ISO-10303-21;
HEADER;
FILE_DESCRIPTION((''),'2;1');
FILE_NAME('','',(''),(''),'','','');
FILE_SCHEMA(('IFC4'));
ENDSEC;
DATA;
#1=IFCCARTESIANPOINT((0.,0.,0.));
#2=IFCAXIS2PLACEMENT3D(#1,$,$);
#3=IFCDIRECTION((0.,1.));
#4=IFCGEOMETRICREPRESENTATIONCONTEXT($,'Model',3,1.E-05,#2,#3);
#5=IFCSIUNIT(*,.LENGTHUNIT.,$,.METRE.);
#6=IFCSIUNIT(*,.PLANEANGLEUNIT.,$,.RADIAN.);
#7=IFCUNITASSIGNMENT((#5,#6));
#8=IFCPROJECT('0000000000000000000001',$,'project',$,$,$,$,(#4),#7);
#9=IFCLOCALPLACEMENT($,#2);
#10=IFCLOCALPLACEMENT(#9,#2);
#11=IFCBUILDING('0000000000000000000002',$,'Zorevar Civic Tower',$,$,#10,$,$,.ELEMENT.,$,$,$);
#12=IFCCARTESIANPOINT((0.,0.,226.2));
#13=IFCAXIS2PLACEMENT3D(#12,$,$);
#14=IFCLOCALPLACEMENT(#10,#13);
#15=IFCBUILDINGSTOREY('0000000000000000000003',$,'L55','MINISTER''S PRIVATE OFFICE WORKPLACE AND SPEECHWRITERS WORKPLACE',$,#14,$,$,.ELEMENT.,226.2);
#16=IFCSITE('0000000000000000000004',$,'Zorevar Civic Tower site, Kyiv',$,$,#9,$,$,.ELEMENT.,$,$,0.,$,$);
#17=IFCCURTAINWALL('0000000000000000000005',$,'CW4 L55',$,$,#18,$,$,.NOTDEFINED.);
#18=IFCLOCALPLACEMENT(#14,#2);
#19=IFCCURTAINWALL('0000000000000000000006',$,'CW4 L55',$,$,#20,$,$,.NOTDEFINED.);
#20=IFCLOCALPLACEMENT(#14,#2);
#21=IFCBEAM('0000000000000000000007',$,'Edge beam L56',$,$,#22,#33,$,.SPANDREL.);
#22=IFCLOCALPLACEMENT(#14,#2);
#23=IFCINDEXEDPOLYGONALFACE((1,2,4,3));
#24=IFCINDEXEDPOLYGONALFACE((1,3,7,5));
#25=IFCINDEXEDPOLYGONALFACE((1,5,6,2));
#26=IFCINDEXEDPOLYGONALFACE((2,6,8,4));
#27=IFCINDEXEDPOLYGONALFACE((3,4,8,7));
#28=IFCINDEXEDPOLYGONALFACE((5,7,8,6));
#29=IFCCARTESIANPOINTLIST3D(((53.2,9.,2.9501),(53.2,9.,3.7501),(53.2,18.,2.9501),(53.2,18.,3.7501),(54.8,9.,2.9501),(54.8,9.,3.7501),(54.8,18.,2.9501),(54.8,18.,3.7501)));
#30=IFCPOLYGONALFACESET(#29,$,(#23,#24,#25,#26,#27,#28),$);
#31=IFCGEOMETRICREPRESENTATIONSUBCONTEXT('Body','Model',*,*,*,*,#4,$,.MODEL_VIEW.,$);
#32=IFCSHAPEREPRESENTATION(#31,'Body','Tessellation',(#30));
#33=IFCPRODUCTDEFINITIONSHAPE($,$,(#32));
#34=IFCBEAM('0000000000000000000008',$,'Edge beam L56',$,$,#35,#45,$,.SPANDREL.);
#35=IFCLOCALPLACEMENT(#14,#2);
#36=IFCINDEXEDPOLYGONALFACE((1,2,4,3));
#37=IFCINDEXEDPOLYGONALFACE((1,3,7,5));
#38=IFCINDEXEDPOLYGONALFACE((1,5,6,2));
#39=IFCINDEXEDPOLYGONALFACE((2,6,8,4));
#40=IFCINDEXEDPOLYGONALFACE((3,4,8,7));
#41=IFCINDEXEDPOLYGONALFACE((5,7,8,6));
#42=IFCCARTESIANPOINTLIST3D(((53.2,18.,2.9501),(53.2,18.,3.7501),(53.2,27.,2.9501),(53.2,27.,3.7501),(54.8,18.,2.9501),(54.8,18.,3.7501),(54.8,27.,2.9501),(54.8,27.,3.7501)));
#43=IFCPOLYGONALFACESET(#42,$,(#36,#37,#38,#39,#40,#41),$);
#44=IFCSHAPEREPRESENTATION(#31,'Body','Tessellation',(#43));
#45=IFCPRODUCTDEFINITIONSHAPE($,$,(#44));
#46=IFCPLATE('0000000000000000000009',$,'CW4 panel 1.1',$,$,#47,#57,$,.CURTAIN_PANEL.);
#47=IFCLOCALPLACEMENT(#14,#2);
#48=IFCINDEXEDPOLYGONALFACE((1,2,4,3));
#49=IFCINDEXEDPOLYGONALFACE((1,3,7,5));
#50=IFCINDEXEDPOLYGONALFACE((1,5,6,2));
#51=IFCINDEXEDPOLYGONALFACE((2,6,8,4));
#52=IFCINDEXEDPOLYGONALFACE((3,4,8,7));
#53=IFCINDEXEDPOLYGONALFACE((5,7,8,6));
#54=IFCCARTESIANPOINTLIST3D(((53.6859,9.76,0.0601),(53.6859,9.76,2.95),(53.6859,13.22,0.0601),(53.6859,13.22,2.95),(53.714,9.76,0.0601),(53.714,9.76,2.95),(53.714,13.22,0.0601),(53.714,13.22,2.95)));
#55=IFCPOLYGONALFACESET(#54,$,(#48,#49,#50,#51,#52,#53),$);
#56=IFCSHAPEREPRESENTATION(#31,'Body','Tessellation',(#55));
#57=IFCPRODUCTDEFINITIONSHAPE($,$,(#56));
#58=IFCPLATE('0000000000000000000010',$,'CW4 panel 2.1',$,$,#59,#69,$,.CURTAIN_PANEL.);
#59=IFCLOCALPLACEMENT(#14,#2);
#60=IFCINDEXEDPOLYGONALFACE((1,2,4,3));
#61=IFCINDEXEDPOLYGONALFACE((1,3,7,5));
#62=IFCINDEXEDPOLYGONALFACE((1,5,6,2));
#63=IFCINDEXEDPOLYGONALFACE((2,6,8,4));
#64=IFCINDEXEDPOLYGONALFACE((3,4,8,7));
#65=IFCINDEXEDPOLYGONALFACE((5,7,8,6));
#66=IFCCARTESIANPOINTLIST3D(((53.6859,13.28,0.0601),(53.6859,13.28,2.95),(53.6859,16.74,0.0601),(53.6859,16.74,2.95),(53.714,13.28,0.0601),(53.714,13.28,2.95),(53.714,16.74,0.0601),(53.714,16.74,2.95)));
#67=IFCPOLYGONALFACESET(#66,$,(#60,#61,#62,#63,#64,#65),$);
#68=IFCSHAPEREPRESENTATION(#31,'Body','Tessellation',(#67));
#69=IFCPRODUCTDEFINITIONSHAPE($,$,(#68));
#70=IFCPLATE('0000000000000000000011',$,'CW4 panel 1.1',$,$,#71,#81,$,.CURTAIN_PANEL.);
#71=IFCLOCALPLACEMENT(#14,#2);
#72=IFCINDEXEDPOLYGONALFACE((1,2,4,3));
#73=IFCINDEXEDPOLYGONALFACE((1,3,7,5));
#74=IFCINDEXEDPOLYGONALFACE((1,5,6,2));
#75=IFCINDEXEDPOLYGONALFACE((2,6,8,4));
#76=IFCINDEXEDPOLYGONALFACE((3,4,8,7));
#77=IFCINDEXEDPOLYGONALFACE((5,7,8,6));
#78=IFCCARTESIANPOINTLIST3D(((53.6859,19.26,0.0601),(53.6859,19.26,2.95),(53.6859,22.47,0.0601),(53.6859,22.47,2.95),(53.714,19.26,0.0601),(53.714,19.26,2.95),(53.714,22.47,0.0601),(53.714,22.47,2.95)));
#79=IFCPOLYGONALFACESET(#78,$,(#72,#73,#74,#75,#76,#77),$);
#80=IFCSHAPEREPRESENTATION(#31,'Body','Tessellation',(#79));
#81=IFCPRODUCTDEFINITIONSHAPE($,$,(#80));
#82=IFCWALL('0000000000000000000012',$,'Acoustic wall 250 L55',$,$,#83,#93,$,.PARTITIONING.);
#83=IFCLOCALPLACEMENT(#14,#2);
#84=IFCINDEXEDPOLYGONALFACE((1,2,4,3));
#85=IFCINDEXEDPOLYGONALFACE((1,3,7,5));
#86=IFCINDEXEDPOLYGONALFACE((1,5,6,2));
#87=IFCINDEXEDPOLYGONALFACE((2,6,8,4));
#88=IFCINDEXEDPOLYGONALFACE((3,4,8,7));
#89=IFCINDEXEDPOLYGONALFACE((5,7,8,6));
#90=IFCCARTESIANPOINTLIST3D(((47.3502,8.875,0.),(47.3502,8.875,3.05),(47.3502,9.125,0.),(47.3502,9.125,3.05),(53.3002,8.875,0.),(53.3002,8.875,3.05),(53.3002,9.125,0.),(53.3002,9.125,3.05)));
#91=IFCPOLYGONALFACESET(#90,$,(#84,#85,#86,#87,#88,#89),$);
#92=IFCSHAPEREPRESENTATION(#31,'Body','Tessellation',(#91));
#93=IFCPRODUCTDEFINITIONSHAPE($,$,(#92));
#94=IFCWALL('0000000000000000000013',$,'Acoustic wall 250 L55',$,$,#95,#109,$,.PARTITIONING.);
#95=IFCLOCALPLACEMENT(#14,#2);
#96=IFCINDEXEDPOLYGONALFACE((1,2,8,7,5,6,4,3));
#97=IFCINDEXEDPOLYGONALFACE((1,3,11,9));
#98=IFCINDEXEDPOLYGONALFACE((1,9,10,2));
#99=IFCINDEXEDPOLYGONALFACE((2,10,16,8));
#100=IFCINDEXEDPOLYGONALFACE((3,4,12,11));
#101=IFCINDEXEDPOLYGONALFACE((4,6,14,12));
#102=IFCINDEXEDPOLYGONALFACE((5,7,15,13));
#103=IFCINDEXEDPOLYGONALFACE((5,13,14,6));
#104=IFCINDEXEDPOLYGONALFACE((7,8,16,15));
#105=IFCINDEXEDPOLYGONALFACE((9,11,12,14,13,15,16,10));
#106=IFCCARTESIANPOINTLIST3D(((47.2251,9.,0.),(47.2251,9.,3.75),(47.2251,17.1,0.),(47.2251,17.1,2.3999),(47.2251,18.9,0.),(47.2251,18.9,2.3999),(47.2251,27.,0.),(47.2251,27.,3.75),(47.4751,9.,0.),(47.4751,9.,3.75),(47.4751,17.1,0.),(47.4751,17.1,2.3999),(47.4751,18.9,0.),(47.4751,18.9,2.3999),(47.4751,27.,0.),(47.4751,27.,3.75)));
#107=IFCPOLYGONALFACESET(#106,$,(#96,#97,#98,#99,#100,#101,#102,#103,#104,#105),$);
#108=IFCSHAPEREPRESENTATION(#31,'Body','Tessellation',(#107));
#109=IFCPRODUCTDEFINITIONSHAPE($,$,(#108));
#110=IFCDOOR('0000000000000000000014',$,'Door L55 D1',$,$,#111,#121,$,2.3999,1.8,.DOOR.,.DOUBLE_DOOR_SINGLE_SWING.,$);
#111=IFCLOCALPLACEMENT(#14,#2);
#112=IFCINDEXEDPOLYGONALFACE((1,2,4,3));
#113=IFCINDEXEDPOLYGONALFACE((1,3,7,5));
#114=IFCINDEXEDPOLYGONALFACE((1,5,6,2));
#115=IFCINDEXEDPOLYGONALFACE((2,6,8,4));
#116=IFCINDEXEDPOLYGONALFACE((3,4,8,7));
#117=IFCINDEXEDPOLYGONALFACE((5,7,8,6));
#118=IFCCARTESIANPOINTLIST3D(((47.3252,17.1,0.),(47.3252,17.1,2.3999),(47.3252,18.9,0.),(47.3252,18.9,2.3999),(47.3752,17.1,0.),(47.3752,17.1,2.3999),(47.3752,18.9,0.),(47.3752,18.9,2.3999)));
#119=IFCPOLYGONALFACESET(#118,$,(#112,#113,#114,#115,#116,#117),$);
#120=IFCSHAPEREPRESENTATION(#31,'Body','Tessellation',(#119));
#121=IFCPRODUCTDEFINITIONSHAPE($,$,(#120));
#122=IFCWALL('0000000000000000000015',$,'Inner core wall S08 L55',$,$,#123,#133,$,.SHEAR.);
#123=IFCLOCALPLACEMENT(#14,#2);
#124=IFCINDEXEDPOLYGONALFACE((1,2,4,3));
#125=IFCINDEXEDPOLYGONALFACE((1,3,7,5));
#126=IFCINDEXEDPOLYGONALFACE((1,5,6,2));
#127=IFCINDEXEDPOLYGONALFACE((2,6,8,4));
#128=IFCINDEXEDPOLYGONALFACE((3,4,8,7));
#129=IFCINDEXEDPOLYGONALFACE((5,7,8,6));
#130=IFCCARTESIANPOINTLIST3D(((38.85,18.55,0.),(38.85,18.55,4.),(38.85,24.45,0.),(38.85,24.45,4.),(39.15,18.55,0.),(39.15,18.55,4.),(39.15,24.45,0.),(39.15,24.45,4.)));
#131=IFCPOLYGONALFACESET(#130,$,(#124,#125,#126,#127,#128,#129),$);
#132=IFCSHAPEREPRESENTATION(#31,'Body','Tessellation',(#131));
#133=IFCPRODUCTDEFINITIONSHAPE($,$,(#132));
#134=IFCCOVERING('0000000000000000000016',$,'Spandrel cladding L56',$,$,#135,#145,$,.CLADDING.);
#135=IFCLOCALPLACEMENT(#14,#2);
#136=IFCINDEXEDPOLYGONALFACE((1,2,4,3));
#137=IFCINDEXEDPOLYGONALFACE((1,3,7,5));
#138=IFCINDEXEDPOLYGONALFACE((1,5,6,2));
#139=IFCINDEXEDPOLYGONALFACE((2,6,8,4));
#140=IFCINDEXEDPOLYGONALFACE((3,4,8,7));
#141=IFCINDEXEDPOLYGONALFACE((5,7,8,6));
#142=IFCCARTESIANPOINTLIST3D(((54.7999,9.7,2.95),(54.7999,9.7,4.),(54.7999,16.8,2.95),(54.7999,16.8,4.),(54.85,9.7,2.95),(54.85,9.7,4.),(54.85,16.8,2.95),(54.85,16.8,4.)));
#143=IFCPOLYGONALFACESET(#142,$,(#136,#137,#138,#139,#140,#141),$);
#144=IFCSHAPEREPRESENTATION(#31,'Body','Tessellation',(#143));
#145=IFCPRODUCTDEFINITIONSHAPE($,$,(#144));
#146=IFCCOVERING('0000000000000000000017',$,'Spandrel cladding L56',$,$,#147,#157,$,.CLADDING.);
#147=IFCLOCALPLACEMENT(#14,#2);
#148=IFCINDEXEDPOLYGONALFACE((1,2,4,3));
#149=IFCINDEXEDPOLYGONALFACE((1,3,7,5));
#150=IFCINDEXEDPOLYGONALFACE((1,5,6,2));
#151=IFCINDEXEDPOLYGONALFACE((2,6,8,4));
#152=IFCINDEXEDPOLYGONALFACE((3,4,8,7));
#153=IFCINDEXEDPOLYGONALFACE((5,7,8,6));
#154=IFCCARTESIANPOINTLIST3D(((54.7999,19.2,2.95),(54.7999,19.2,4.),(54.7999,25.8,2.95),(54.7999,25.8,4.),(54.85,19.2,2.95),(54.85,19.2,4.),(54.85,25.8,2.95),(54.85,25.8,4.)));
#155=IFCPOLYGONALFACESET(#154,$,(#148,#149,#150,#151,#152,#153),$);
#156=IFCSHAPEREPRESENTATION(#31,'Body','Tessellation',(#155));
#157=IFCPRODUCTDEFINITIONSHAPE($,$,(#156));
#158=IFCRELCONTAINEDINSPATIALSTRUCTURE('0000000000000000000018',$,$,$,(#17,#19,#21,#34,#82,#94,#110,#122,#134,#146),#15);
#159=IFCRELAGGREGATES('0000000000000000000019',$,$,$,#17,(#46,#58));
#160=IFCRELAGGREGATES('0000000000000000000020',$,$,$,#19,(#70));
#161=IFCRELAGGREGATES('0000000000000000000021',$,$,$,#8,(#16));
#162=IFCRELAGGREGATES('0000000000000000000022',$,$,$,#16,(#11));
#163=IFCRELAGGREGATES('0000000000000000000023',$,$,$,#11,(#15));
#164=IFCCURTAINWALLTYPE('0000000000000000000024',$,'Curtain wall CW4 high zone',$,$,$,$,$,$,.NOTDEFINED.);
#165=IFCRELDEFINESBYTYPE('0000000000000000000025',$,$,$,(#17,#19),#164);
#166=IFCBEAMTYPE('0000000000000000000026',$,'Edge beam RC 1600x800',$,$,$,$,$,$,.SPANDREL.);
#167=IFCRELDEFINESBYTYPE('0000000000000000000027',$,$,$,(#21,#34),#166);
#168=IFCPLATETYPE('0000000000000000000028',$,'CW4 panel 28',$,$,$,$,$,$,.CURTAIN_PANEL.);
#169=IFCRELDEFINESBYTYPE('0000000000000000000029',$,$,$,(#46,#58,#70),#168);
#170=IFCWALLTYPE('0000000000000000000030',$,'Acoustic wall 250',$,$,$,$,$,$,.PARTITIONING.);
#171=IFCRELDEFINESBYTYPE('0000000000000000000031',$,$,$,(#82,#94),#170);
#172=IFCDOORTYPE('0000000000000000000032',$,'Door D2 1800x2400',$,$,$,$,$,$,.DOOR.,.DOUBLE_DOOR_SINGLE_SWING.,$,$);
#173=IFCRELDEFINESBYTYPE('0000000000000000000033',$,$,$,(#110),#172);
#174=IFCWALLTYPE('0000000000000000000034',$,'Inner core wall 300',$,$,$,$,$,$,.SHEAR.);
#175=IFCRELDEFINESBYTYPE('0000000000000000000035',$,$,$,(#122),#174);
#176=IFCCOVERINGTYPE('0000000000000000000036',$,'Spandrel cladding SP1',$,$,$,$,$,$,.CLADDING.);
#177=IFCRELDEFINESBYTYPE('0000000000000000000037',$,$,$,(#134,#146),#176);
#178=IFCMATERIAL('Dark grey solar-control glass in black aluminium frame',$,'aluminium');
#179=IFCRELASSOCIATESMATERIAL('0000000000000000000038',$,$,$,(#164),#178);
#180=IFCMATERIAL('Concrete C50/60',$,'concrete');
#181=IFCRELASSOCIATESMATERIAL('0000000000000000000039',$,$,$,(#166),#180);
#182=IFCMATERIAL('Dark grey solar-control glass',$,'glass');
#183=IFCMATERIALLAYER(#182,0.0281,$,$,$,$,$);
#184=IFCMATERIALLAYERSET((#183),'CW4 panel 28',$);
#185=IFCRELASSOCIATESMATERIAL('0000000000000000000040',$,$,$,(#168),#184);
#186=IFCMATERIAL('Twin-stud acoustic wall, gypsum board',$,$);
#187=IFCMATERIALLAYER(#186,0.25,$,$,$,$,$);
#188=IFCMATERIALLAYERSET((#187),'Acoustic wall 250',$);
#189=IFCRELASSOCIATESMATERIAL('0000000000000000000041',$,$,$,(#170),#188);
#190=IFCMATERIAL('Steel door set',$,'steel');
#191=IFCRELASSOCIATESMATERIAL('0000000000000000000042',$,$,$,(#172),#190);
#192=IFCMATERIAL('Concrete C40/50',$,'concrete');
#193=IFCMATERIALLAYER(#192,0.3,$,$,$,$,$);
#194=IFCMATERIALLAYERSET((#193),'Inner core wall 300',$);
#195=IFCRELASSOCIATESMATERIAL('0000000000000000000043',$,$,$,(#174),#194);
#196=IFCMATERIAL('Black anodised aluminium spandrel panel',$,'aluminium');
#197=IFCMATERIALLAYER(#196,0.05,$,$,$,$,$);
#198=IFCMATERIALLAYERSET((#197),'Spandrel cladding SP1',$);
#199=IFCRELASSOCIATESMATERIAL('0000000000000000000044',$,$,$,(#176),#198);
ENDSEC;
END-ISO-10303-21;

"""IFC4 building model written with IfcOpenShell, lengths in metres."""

from ifc_helpers import new_model, si_unit, direction, frame, frame_2d, origin, origin_2d, place, context, subcontext, project, spatial, rectangle, extrude, material, layer, layer_set, material_profile, profile_set, type_object, element, fill, aggregate, save


model = new_model("IFC4")

# Units and contexts
model_context = context("Model", 3, precision=1e-05, world=origin(), true_north=direction((0.0, 1.0)))
body_context = subcontext(model_context, "Body", "Model", "MODEL_VIEW")
ifc_project = project(units=[si_unit("LENGTHUNIT", "METRE"), si_unit("PLANEANGLEUNIT", "RADIAN")], contexts=[model_context])

# Site, building, storey
site_placement = place(None, origin())
site = spatial("IfcSite", under=ifc_project, at=site_placement, Name="Zorevar Civic Tower site, Kyiv", CompositionType="ELEMENT", RefElevation=0.0)
building_placement = place(site_placement, origin())
building = spatial("IfcBuilding", under=site, at=building_placement, Name="Zorevar Civic Tower", CompositionType="ELEMENT")
storey_placement = place(building_placement, frame((0.0, 0.0, 226.2)))
storey = spatial("IfcBuildingStorey", under=building, at=storey_placement, Name="L55", Description="MINISTER'S PRIVATE OFFICE WORKPLACE AND SPEECHWRITERS WORKPLACE", CompositionType="ELEMENT", Elevation=226.2)

# Curtain wall
ifc_material_1 = material(Name="Dark grey solar-control glass in black aluminium frame", Category="aluminium")
curtain_wall_type = type_object("IfcCurtainWallType", Name="Curtain wall CW4 high zone", PredefinedType="NOTDEFINED", material=ifc_material_1)
curtain_wall_1_placement = place(storey_placement, origin())
curtain_wall_1 = element("IfcCurtainWall", 1, at=curtain_wall_1_placement, inside=storey, type_object=curtain_wall_type, Name="CW4 L55", PredefinedType="NOTDEFINED")

# Curtain wall
curtain_wall_2_placement = place(storey_placement, origin())
curtain_wall_2 = element("IfcCurtainWall", 2, at=curtain_wall_2_placement, inside=storey, type_object=curtain_wall_type, Name="CW4 L55", PredefinedType="NOTDEFINED")

# Beams
ifc_material_2 = material(Name="Concrete C50/60", Category="concrete")
ifc_material_profile_1 = material_profile(ifc_material_2, rectangle(XDim=1.6001, YDim=0.8, at=origin_2d()), Name="RC 1600x800")
ifc_profile_set_1 = profile_set([ifc_material_profile_1], Name="Concrete C50/60")
beam_type_1 = type_object("IfcBeamType", Name="Edge beam RC 1600x800", PredefinedType="SPANDREL", material=ifc_profile_set_1)
for number, where, z_axis, x_axis, name in (
    (3, (54.0, 9.0, 3.3501), (0.0, 1.0, 0.0), (-1.0, 0.0, 0.0), "Edge beam L56"),
    (4, (54.0, 18.0, 3.3501), (0.0, 1.0, 0.0), (-1.0, 0.0, 0.0), "Edge beam L56"),
):
    element("IfcBeam", number, at=place(storey_placement, frame(where, z_axis=z_axis, x_axis=x_axis)), inside=storey, type_object=beam_type_1, Name=name, PredefinedType="SPANDREL", context=body_context, shape_type="SweptSolid", body=[
        extrude(rectangle(XDim=1.6001, YDim=0.8, at=origin_2d()), origin(), (0.0, 0.0, 1.0), 9.0),
    ])

# Plates
ifc_material_3 = material(Name="Dark grey solar-control glass", Category="glass")
ifc_layer_1 = layer(ifc_material_3, 0.0281)
ifc_layer_set_1 = layer_set([ifc_layer_1], Name="CW4 panel 28")
plate_type = type_object("IfcPlateType", Name="CW4 panel 28", PredefinedType="CURTAIN_PANEL", material=ifc_layer_set_1)
plate_1_placement = place(storey_placement, frame((53.7, 11.49, 0.0601), z_axis=(0.0, 0.0, 1.0), x_axis=(0.0, 1.0, 0.0)))
plate_1 = element("IfcPlate", 5, at=plate_1_placement, type_object=plate_type, Name="CW4 panel 1.1", PredefinedType="CURTAIN_PANEL", context=body_context, shape_type="SweptSolid", body=[
    extrude(rectangle(XDim=3.46, YDim=0.0281, at=origin_2d()), origin(), (0.0, 0.0, 1.0), 2.8899),
])
plate_2_placement = place(storey_placement, frame((53.7, 15.01, 0.0601), z_axis=(0.0, 0.0, 1.0), x_axis=(0.0, 1.0, 0.0)))
plate_2 = element("IfcPlate", 6, at=plate_2_placement, type_object=plate_type, Name="CW4 panel 2.1", PredefinedType="CURTAIN_PANEL", context=body_context, shape_type="SweptSolid", body=[
    extrude(rectangle(XDim=3.46, YDim=0.0281, at=origin_2d()), origin(), (0.0, 0.0, 1.0), 2.8899),
])
aggregate(curtain_wall_1, [plate_1, plate_2])
plate_3_placement = place(storey_placement, frame((53.7, 20.865, 0.0601), z_axis=(0.0, 0.0, 1.0), x_axis=(0.0, 1.0, 0.0)))
plate_3 = element("IfcPlate", 7, at=plate_3_placement, type_object=plate_type, Name="CW4 panel 1.1", PredefinedType="CURTAIN_PANEL", context=body_context, shape_type="SweptSolid", body=[
    extrude(rectangle(XDim=3.21, YDim=0.0281, at=origin_2d()), origin(), (0.0, 0.0, 1.0), 2.8899),
])
aggregate(curtain_wall_2, [plate_3])

# Wall
ifc_material_4 = material(Name="Twin-stud acoustic wall, gypsum board")
ifc_layer_2 = layer(ifc_material_4, 0.25)
ifc_layer_set_2 = layer_set([ifc_layer_2], Name="Acoustic wall 250")
wall_type_1 = type_object("IfcWallType", Name="Acoustic wall 250", PredefinedType="PARTITIONING", material=ifc_layer_set_2)
wall_1_placement = place(storey_placement, frame((47.3501, 9.0, 0.0), z_axis=(0.0, 0.0, 1.0), x_axis=(1.0, 0.0, 0.0)))
element("IfcWall", 8, at=wall_1_placement, inside=storey, type_object=wall_type_1, Name="Acoustic wall 250 L55", PredefinedType="PARTITIONING", context=body_context, shape_type="SweptSolid", body=[
    extrude(rectangle(XDim=5.95, YDim=0.25, at=frame_2d((2.9751, 0.0))), origin(), (0.0, 0.0, 1.0), 3.05),
])

# Wall, opening, door
wall_2_placement = place(storey_placement, frame((47.3501, 9.0, 0.0), z_axis=(0.0, 0.0, 1.0), x_axis=(0.0, 1.0, 0.0)))
wall_2 = element("IfcWall", 9, at=wall_2_placement, inside=storey, type_object=wall_type_1, Name="Acoustic wall 250 L55", PredefinedType="PARTITIONING", context=body_context, shape_type="SweptSolid", body=[
    extrude(rectangle(XDim=18.0, YDim=0.25, at=frame_2d((9.0, 0.0))), origin(), (0.0, 0.0, 1.0), 3.75),
])
opening_1_placement = place(wall_2_placement, frame((8.1001, 0.0, 0.0)))
opening_1 = element("IfcOpeningElement", 10, at=opening_1_placement, cuts=wall_2, PredefinedType="OPENING", context=body_context, shape_type="SweptSolid", body=[
    extrude(rectangle(XDim=1.8, YDim=2.3999, at=frame_2d((0.8999, 1.2))), frame((0.0, 0.135, 0.0), z_axis=(0.0, -1.0, 0.0), x_axis=(1.0, 0.0, 0.0)), (0.0, 0.0, 1.0), 0.27),
])
ifc_material_5 = material(Name="Steel door set", Category="steel")
door_type_1 = type_object("IfcDoorType", Name="Door D2 1800x2400", OperationType="DOUBLE_DOOR_SINGLE_SWING", PredefinedType="DOOR", material=ifc_material_5)
door_1_placement = place(opening_1_placement, origin())
door_1 = element("IfcDoor", 11, at=door_1_placement, inside=storey, type_object=door_type_1, Name="Door L55 D1", OperationType="DOUBLE_DOOR_SINGLE_SWING", OverallHeight=2.3999, OverallWidth=1.8, PredefinedType="DOOR", context=body_context, shape_type="SweptSolid", body=[
    extrude(rectangle(XDim=1.8, YDim=2.3999, at=frame_2d((0.8999, 1.2))), frame((0.0, 0.0249, 0.0), z_axis=(0.0, -1.0, 0.0), x_axis=(1.0, 0.0, 0.0)), (0.0, 0.0, 1.0), 0.05),
])
fill(opening_1, door_1)

# Wall
ifc_material_6 = material(Name="Concrete C40/50", Category="concrete")
ifc_layer_3 = layer(ifc_material_6, 0.3)
ifc_layer_set_3 = layer_set([ifc_layer_3], Name="Inner core wall 300")
wall_type_2 = type_object("IfcWallType", Name="Inner core wall 300", PredefinedType="SHEAR", material=ifc_layer_set_3)
wall_3_placement = place(storey_placement, frame((39.0, 18.55, 0.0), z_axis=(0.0, 0.0, 1.0), x_axis=(0.0, 1.0, 0.0)))
element("IfcWall", 12, at=wall_3_placement, inside=storey, type_object=wall_type_2, Name="Inner core wall S08 L55", PredefinedType="SHEAR", context=body_context, shape_type="SweptSolid", body=[
    extrude(rectangle(XDim=5.8999, YDim=0.3, at=frame_2d((2.95, 0.0))), origin(), (0.0, 0.0, 1.0), 4.0),
])

# Coverings
ifc_material_7 = material(Name="Black anodised aluminium spandrel panel", Category="aluminium")
ifc_layer_4 = layer(ifc_material_7, 0.05)
ifc_layer_set_4 = layer_set([ifc_layer_4], Name="Spandrel cladding SP1")
covering_type = type_object("IfcCoveringType", Name="Spandrel cladding SP1", PredefinedType="CLADDING", material=ifc_layer_set_4)
covering_1_placement = place(storey_placement, frame((54.825, 9.7, 2.95), z_axis=(0.0, 0.0, 1.0), x_axis=(0.0, 1.0, 0.0)))
element("IfcCovering", 13, at=covering_1_placement, inside=storey, type_object=covering_type, Name="Spandrel cladding L56", PredefinedType="CLADDING", context=body_context, shape_type="SweptSolid", body=[
    extrude(rectangle(XDim=7.1001, YDim=0.05, at=frame_2d((3.55, 0.0))), origin(), (0.0, 0.0, 1.0), 1.05),
])
covering_2_placement = place(storey_placement, frame((54.825, 19.2, 2.95), z_axis=(0.0, 0.0, 1.0), x_axis=(0.0, 1.0, 0.0)))
element("IfcCovering", 14, at=covering_2_placement, inside=storey, type_object=covering_type, Name="Spandrel cladding L56", PredefinedType="CLADDING", context=body_context, shape_type="SweptSolid", body=[
    extrude(rectangle(XDim=6.6001, YDim=0.05, at=frame_2d((3.3, 0.0))), origin(), (0.0, 0.0, 1.0), 1.05),
])

save(model, "model.ifc")
